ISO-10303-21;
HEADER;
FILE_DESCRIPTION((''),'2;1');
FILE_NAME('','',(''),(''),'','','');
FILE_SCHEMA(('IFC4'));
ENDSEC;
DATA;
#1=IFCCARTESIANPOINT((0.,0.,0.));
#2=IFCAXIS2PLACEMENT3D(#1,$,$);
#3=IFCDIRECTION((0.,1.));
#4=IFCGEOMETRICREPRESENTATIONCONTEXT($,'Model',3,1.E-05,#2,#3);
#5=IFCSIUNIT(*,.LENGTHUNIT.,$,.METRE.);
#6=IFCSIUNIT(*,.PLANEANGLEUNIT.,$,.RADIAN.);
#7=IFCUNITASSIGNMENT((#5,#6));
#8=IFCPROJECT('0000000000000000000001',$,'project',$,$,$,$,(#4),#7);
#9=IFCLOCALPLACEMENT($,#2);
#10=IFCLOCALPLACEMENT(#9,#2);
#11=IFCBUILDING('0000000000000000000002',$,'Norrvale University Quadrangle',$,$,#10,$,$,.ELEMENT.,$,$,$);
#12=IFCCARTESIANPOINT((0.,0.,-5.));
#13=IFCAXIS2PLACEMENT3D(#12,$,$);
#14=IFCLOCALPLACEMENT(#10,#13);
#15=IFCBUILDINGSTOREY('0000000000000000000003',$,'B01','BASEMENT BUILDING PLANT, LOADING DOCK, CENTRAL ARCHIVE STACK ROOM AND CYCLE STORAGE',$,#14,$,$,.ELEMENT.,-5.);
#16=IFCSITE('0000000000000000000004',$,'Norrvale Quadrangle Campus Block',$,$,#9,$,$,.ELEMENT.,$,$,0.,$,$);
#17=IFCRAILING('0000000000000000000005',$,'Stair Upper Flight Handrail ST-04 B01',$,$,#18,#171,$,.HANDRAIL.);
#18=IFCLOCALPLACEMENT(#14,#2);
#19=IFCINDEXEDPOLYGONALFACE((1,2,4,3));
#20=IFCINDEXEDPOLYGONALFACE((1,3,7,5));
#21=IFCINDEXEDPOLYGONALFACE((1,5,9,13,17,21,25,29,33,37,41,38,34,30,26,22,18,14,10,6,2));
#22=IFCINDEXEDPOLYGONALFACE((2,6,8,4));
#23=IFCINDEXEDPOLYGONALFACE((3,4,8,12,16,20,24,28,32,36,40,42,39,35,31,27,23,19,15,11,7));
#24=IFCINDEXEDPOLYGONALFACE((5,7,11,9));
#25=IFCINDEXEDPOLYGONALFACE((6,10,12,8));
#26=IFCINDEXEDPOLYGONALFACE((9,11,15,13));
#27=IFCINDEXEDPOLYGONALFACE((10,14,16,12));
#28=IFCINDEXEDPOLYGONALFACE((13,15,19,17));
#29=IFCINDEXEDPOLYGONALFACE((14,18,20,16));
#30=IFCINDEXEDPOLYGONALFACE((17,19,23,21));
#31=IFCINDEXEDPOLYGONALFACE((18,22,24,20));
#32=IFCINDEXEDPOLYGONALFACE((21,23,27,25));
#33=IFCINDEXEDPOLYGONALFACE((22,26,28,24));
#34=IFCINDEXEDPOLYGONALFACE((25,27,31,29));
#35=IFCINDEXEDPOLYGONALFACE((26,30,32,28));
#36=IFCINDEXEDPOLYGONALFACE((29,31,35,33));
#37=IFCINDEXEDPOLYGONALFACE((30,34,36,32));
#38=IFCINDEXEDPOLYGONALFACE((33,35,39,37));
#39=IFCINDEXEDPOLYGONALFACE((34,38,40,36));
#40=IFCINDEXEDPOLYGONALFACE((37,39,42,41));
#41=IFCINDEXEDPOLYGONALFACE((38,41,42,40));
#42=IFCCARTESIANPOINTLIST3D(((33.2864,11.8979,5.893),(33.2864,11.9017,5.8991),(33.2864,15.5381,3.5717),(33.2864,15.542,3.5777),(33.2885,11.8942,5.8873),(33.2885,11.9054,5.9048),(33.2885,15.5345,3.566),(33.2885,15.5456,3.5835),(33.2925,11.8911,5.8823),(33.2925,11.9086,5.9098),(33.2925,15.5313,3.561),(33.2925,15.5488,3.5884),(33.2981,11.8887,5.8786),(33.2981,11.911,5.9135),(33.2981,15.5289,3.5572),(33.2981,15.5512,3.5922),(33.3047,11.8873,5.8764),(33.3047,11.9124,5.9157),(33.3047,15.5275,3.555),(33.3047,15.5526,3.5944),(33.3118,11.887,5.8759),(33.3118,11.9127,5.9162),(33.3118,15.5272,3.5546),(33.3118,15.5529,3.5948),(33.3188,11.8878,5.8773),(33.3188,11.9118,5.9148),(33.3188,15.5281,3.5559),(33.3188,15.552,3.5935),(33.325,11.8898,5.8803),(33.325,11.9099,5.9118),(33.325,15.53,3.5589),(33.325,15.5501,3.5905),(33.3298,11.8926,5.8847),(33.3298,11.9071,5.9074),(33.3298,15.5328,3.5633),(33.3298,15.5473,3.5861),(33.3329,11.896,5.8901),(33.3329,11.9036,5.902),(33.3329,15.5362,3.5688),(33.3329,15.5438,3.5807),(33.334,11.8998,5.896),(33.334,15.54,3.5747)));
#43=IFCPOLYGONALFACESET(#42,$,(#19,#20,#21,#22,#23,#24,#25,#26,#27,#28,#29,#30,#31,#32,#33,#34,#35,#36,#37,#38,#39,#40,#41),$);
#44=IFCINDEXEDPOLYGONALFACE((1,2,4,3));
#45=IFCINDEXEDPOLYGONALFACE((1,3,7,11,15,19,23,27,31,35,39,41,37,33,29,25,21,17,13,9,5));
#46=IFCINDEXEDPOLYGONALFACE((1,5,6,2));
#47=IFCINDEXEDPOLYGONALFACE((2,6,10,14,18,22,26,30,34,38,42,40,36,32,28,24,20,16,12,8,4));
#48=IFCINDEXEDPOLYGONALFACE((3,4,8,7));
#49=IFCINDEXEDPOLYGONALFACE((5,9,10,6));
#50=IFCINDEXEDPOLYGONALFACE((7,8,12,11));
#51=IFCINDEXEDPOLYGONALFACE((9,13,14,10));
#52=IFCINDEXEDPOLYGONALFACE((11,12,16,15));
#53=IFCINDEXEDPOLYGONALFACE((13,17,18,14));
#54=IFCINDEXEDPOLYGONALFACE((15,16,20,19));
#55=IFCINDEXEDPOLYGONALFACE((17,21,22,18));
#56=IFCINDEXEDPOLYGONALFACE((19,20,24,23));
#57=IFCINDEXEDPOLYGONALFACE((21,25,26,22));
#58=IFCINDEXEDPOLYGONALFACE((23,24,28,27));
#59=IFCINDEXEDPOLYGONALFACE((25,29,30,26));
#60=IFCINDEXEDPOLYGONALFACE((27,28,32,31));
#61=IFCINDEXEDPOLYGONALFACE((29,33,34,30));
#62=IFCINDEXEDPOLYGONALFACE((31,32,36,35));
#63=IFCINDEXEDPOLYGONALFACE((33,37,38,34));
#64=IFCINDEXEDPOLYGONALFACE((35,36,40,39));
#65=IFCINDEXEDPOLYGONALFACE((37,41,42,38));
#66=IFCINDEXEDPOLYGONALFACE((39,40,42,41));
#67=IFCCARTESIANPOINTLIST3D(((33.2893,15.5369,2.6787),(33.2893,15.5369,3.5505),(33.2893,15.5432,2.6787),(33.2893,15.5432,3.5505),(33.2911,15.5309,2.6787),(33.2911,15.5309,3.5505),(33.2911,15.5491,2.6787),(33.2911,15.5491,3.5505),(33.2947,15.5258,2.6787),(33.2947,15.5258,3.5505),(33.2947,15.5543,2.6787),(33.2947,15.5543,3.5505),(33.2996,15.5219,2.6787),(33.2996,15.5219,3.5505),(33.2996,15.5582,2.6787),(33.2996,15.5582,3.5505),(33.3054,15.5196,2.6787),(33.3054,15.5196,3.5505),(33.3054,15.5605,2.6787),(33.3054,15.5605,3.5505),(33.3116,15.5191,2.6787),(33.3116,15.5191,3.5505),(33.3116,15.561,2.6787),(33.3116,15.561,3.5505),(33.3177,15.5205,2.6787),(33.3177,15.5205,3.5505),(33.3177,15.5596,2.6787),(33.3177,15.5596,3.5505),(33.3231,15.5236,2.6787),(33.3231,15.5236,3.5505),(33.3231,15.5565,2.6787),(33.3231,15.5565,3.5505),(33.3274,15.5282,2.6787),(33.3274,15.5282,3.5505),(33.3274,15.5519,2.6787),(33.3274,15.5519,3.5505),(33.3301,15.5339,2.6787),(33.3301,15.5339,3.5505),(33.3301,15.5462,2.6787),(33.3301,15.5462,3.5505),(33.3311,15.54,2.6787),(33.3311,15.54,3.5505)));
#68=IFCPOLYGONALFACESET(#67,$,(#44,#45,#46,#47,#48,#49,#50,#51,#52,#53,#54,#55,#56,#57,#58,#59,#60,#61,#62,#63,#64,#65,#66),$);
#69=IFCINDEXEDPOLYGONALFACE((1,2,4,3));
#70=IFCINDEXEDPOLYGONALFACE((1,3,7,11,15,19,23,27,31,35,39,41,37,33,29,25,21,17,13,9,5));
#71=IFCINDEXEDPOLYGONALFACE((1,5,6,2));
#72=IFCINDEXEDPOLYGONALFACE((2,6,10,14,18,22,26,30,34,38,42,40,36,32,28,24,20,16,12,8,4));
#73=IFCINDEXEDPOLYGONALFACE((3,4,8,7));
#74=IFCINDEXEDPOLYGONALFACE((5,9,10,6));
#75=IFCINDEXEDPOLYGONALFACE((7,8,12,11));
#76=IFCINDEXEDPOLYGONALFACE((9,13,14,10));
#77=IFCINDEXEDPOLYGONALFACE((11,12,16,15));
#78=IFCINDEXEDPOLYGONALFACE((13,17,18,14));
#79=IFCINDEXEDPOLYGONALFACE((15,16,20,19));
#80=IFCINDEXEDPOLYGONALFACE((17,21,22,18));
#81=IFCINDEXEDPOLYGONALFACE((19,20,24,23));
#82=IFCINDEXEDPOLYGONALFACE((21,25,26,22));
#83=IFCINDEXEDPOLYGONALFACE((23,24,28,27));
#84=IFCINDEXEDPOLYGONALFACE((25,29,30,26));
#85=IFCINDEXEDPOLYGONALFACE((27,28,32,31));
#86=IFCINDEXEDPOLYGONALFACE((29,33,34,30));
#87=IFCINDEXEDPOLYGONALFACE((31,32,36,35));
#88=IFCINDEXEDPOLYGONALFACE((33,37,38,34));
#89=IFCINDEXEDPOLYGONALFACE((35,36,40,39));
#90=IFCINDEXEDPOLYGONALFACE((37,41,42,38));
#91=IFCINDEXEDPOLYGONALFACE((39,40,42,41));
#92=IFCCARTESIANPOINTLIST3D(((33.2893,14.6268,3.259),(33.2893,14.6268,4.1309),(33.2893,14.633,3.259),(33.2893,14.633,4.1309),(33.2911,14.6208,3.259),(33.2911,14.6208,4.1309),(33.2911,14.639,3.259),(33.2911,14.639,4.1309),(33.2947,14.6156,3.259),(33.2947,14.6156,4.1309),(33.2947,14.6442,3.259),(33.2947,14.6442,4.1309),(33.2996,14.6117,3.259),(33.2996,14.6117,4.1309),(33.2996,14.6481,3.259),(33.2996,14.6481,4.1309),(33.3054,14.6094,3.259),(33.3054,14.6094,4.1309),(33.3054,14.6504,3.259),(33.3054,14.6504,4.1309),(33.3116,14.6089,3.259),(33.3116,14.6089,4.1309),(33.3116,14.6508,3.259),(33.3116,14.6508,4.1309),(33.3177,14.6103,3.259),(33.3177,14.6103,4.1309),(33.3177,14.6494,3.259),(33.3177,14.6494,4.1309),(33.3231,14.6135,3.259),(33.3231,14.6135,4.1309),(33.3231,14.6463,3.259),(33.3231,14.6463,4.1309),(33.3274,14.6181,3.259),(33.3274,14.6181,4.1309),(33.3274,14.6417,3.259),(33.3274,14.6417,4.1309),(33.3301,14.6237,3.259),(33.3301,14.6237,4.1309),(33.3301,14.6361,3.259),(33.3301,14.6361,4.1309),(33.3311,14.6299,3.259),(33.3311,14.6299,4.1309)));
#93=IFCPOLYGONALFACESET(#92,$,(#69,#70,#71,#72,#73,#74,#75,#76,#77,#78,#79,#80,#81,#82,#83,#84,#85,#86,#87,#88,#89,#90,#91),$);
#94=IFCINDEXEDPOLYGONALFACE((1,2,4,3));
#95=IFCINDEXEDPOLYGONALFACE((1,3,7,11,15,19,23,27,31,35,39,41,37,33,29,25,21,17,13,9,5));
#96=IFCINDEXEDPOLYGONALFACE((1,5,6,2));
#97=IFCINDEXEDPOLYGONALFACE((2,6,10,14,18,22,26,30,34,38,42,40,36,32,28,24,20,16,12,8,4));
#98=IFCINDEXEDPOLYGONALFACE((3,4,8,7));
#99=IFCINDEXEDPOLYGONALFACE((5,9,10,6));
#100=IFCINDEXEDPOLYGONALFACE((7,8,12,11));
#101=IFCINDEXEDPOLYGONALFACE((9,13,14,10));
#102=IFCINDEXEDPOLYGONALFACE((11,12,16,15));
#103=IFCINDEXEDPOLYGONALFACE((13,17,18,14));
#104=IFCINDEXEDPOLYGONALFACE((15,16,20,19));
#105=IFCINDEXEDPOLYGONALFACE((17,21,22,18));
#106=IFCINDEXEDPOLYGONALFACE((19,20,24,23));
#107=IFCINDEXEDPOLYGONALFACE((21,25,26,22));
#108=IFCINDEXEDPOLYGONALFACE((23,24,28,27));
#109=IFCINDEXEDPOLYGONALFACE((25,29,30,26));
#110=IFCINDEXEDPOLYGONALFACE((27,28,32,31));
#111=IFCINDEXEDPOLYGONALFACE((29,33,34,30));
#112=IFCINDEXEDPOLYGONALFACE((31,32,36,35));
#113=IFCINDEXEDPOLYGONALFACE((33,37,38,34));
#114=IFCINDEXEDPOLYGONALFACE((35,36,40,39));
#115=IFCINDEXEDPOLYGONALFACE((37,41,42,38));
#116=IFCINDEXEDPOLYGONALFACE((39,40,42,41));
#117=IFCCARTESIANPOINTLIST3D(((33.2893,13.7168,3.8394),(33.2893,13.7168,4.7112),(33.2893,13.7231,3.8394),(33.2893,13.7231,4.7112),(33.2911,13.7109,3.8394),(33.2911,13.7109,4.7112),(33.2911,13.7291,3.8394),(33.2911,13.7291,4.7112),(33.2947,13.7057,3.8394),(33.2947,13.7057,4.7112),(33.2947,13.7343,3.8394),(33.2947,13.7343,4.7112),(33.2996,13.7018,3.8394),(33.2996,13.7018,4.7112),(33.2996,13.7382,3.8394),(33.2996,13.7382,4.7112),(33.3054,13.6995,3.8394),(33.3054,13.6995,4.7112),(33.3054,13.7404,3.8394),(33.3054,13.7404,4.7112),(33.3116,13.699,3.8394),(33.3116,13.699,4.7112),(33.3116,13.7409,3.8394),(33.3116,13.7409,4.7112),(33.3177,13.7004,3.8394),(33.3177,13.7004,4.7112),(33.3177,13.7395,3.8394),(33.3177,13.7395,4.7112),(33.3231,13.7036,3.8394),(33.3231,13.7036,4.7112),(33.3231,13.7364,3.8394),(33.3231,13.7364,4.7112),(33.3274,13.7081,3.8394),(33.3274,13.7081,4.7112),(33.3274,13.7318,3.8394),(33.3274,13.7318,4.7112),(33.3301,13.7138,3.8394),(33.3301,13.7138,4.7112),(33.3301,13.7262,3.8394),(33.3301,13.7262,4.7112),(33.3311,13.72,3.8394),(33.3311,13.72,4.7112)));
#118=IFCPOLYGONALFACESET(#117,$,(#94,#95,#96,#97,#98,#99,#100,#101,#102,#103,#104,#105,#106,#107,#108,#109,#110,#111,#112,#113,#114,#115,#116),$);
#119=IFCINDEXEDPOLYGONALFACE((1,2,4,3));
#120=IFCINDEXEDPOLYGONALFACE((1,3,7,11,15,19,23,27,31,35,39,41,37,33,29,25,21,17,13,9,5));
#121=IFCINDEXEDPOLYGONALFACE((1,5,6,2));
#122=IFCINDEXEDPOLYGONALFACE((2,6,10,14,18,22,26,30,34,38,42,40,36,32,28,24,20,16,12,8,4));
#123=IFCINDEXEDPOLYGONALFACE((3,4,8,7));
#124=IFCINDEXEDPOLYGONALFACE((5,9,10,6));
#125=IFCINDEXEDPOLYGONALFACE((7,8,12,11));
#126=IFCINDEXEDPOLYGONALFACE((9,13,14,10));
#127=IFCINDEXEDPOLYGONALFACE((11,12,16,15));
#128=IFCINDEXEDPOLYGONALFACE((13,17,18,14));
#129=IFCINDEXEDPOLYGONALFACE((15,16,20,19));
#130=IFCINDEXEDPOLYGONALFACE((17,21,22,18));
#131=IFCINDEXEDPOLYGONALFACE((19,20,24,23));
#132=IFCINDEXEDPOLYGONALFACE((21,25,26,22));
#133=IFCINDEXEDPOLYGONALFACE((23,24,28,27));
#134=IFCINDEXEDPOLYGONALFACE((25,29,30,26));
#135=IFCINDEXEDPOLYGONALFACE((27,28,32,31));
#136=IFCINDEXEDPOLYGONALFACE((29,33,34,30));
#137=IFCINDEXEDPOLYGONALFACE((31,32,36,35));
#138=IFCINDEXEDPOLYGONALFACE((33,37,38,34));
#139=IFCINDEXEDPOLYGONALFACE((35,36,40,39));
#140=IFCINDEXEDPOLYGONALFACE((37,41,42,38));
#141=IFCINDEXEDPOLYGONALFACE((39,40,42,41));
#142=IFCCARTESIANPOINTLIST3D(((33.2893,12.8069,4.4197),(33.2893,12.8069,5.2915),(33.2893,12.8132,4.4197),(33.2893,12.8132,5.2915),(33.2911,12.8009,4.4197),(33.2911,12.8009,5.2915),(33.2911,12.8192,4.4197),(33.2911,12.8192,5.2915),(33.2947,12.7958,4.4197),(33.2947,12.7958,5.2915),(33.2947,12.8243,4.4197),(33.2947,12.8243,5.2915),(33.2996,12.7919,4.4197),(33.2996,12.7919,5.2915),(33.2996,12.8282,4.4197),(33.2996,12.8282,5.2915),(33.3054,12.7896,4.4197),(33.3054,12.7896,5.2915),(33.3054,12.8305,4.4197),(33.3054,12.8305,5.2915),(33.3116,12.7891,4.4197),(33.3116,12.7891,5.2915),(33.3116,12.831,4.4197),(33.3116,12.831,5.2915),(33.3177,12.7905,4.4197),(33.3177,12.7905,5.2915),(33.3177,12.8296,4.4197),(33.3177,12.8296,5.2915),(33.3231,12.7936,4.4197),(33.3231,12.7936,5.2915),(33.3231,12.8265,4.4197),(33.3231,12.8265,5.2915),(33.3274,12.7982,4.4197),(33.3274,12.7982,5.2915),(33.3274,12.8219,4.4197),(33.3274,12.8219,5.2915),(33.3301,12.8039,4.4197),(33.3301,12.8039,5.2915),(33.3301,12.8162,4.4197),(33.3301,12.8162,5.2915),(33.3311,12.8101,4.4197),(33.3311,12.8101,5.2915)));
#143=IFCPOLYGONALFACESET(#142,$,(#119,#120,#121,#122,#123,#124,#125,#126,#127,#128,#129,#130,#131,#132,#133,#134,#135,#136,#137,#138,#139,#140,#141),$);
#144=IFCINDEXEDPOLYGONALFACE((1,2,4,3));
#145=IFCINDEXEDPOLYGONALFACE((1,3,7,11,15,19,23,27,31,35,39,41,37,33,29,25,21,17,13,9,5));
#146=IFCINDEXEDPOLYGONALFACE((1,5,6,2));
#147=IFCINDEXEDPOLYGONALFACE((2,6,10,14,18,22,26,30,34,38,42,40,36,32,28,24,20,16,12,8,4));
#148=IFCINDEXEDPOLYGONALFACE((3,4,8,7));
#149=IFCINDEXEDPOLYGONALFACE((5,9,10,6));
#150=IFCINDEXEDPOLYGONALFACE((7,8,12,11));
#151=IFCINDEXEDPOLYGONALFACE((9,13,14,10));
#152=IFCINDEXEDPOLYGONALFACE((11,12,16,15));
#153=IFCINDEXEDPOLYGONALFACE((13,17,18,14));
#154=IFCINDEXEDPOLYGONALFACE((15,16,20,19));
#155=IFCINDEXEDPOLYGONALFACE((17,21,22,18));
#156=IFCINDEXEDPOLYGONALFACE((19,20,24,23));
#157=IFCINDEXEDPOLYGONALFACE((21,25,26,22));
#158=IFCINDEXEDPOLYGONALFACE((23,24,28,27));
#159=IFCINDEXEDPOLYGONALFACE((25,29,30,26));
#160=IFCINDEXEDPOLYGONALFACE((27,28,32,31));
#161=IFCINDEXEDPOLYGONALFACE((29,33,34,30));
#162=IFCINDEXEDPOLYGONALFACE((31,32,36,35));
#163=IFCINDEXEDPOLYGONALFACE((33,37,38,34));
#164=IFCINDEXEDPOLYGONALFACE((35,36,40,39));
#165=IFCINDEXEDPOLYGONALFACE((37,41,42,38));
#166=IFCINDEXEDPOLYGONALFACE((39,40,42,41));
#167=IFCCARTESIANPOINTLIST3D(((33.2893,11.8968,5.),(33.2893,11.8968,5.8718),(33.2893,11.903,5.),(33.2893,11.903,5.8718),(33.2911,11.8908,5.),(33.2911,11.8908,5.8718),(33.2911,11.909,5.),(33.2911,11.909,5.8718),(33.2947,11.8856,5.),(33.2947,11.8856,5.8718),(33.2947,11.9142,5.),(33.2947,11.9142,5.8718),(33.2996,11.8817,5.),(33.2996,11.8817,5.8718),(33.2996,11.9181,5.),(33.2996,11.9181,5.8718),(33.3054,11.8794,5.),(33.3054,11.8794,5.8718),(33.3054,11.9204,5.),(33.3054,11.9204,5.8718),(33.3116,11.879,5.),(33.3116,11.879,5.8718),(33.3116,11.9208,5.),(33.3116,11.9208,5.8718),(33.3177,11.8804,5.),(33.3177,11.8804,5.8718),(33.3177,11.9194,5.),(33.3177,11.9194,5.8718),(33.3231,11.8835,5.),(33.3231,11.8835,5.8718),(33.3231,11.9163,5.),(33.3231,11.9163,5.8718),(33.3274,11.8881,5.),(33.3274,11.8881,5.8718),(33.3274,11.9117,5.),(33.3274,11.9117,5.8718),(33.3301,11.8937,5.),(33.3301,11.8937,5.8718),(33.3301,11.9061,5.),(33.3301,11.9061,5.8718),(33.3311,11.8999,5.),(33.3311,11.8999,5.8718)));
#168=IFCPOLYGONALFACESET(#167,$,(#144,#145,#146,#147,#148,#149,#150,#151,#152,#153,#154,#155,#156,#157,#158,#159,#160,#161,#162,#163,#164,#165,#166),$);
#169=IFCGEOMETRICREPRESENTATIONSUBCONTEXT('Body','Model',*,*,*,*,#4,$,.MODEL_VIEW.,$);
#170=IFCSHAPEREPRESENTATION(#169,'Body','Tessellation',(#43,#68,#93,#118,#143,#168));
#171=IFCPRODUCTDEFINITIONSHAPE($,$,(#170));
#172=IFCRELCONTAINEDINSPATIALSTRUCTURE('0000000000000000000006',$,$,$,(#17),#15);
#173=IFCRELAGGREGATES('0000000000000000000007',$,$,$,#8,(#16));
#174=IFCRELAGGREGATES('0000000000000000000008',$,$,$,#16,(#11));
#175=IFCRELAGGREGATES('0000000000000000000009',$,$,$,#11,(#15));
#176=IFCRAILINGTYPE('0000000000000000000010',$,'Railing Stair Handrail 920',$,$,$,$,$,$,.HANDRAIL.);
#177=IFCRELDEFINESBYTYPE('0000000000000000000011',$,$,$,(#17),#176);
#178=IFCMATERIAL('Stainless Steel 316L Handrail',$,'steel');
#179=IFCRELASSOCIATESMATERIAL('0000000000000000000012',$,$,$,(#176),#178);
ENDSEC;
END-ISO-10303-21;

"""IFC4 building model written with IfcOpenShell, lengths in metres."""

from ifc_helpers import new_model, si_unit, direction, frame, origin, origin_2d, place, context, subcontext, project, spatial, circle, extrude, material, type_object, element, save


model = new_model("IFC4")

# Units and contexts
model_context = context("Model", 3, precision=1e-05, world=origin(), true_north=direction((0.0, 1.0)))
body_context = subcontext(model_context, "Body", "Model", "MODEL_VIEW")
ifc_project = project(units=[si_unit("LENGTHUNIT", "METRE"), si_unit("PLANEANGLEUNIT", "RADIAN")], contexts=[model_context])

# Site, building, storey
site_placement = place(None, origin())
site = spatial("IfcSite", under=ifc_project, at=site_placement, Name="Norrvale Quadrangle Campus Block", CompositionType="ELEMENT", RefElevation=0.0)
building_placement = place(site_placement, origin())
building = spatial("IfcBuilding", under=site, at=building_placement, Name="Norrvale University Quadrangle", CompositionType="ELEMENT")
storey_placement = place(building_placement, frame((0.0, 0.0, -5.0)))
storey = spatial("IfcBuildingStorey", under=building, at=storey_placement, Name="B01", Description="BASEMENT BUILDING PLANT, LOADING DOCK, CENTRAL ARCHIVE STACK ROOM AND CYCLE STORAGE", CompositionType="ELEMENT", Elevation=-5.0)

# Railing
ifc_material_1 = material(Name="Stainless Steel 316L Handrail", Category="steel")
railing_type_1 = type_object("IfcRailingType", Name="Railing Stair Handrail 920", PredefinedType="HANDRAIL", material=ifc_material_1)
railing_1_placement = place(storey_placement, frame((33.3101, 15.54, 2.6787)))
element("IfcRailing", 1, at=railing_1_placement, inside=storey, type_object=railing_type_1, Name="Stair Upper Flight Handrail ST-04 B01", PredefinedType="HANDRAIL", context=body_context, shape_type="SweptSolid", body=[
    extrude(circle(Radius=0.0239, at=origin_2d()), frame((0.0, 0.0, 0.896), z_axis=(0.0, -0.843153, 0.537673), x_axis=(1.0, 0.0, 0.0)), (0.0, 0.0, 1.0), 4.3174),
    extrude(circle(Radius=0.021, at=origin_2d()), origin(), (0.0, 0.0, 1.0), 0.8718),
    extrude(circle(Radius=0.021, at=origin_2d()), frame((0.0, -0.9102, 0.5803)), (0.0, 0.0, 1.0), 0.8718),
    extrude(circle(Radius=0.021, at=origin_2d()), frame((0.0, -1.8201, 1.1606)), (0.0, 0.0, 1.0), 0.8718),
    extrude(circle(Radius=0.021, at=origin_2d()), frame((0.0, -2.73, 1.741)), (0.0, 0.0, 1.0), 0.8718),
    extrude(circle(Radius=0.021, at=origin_2d()), frame((0.0, -3.6401, 2.3213)), (0.0, 0.0, 1.0), 0.8718),
])

save(model, "model.ifc")
